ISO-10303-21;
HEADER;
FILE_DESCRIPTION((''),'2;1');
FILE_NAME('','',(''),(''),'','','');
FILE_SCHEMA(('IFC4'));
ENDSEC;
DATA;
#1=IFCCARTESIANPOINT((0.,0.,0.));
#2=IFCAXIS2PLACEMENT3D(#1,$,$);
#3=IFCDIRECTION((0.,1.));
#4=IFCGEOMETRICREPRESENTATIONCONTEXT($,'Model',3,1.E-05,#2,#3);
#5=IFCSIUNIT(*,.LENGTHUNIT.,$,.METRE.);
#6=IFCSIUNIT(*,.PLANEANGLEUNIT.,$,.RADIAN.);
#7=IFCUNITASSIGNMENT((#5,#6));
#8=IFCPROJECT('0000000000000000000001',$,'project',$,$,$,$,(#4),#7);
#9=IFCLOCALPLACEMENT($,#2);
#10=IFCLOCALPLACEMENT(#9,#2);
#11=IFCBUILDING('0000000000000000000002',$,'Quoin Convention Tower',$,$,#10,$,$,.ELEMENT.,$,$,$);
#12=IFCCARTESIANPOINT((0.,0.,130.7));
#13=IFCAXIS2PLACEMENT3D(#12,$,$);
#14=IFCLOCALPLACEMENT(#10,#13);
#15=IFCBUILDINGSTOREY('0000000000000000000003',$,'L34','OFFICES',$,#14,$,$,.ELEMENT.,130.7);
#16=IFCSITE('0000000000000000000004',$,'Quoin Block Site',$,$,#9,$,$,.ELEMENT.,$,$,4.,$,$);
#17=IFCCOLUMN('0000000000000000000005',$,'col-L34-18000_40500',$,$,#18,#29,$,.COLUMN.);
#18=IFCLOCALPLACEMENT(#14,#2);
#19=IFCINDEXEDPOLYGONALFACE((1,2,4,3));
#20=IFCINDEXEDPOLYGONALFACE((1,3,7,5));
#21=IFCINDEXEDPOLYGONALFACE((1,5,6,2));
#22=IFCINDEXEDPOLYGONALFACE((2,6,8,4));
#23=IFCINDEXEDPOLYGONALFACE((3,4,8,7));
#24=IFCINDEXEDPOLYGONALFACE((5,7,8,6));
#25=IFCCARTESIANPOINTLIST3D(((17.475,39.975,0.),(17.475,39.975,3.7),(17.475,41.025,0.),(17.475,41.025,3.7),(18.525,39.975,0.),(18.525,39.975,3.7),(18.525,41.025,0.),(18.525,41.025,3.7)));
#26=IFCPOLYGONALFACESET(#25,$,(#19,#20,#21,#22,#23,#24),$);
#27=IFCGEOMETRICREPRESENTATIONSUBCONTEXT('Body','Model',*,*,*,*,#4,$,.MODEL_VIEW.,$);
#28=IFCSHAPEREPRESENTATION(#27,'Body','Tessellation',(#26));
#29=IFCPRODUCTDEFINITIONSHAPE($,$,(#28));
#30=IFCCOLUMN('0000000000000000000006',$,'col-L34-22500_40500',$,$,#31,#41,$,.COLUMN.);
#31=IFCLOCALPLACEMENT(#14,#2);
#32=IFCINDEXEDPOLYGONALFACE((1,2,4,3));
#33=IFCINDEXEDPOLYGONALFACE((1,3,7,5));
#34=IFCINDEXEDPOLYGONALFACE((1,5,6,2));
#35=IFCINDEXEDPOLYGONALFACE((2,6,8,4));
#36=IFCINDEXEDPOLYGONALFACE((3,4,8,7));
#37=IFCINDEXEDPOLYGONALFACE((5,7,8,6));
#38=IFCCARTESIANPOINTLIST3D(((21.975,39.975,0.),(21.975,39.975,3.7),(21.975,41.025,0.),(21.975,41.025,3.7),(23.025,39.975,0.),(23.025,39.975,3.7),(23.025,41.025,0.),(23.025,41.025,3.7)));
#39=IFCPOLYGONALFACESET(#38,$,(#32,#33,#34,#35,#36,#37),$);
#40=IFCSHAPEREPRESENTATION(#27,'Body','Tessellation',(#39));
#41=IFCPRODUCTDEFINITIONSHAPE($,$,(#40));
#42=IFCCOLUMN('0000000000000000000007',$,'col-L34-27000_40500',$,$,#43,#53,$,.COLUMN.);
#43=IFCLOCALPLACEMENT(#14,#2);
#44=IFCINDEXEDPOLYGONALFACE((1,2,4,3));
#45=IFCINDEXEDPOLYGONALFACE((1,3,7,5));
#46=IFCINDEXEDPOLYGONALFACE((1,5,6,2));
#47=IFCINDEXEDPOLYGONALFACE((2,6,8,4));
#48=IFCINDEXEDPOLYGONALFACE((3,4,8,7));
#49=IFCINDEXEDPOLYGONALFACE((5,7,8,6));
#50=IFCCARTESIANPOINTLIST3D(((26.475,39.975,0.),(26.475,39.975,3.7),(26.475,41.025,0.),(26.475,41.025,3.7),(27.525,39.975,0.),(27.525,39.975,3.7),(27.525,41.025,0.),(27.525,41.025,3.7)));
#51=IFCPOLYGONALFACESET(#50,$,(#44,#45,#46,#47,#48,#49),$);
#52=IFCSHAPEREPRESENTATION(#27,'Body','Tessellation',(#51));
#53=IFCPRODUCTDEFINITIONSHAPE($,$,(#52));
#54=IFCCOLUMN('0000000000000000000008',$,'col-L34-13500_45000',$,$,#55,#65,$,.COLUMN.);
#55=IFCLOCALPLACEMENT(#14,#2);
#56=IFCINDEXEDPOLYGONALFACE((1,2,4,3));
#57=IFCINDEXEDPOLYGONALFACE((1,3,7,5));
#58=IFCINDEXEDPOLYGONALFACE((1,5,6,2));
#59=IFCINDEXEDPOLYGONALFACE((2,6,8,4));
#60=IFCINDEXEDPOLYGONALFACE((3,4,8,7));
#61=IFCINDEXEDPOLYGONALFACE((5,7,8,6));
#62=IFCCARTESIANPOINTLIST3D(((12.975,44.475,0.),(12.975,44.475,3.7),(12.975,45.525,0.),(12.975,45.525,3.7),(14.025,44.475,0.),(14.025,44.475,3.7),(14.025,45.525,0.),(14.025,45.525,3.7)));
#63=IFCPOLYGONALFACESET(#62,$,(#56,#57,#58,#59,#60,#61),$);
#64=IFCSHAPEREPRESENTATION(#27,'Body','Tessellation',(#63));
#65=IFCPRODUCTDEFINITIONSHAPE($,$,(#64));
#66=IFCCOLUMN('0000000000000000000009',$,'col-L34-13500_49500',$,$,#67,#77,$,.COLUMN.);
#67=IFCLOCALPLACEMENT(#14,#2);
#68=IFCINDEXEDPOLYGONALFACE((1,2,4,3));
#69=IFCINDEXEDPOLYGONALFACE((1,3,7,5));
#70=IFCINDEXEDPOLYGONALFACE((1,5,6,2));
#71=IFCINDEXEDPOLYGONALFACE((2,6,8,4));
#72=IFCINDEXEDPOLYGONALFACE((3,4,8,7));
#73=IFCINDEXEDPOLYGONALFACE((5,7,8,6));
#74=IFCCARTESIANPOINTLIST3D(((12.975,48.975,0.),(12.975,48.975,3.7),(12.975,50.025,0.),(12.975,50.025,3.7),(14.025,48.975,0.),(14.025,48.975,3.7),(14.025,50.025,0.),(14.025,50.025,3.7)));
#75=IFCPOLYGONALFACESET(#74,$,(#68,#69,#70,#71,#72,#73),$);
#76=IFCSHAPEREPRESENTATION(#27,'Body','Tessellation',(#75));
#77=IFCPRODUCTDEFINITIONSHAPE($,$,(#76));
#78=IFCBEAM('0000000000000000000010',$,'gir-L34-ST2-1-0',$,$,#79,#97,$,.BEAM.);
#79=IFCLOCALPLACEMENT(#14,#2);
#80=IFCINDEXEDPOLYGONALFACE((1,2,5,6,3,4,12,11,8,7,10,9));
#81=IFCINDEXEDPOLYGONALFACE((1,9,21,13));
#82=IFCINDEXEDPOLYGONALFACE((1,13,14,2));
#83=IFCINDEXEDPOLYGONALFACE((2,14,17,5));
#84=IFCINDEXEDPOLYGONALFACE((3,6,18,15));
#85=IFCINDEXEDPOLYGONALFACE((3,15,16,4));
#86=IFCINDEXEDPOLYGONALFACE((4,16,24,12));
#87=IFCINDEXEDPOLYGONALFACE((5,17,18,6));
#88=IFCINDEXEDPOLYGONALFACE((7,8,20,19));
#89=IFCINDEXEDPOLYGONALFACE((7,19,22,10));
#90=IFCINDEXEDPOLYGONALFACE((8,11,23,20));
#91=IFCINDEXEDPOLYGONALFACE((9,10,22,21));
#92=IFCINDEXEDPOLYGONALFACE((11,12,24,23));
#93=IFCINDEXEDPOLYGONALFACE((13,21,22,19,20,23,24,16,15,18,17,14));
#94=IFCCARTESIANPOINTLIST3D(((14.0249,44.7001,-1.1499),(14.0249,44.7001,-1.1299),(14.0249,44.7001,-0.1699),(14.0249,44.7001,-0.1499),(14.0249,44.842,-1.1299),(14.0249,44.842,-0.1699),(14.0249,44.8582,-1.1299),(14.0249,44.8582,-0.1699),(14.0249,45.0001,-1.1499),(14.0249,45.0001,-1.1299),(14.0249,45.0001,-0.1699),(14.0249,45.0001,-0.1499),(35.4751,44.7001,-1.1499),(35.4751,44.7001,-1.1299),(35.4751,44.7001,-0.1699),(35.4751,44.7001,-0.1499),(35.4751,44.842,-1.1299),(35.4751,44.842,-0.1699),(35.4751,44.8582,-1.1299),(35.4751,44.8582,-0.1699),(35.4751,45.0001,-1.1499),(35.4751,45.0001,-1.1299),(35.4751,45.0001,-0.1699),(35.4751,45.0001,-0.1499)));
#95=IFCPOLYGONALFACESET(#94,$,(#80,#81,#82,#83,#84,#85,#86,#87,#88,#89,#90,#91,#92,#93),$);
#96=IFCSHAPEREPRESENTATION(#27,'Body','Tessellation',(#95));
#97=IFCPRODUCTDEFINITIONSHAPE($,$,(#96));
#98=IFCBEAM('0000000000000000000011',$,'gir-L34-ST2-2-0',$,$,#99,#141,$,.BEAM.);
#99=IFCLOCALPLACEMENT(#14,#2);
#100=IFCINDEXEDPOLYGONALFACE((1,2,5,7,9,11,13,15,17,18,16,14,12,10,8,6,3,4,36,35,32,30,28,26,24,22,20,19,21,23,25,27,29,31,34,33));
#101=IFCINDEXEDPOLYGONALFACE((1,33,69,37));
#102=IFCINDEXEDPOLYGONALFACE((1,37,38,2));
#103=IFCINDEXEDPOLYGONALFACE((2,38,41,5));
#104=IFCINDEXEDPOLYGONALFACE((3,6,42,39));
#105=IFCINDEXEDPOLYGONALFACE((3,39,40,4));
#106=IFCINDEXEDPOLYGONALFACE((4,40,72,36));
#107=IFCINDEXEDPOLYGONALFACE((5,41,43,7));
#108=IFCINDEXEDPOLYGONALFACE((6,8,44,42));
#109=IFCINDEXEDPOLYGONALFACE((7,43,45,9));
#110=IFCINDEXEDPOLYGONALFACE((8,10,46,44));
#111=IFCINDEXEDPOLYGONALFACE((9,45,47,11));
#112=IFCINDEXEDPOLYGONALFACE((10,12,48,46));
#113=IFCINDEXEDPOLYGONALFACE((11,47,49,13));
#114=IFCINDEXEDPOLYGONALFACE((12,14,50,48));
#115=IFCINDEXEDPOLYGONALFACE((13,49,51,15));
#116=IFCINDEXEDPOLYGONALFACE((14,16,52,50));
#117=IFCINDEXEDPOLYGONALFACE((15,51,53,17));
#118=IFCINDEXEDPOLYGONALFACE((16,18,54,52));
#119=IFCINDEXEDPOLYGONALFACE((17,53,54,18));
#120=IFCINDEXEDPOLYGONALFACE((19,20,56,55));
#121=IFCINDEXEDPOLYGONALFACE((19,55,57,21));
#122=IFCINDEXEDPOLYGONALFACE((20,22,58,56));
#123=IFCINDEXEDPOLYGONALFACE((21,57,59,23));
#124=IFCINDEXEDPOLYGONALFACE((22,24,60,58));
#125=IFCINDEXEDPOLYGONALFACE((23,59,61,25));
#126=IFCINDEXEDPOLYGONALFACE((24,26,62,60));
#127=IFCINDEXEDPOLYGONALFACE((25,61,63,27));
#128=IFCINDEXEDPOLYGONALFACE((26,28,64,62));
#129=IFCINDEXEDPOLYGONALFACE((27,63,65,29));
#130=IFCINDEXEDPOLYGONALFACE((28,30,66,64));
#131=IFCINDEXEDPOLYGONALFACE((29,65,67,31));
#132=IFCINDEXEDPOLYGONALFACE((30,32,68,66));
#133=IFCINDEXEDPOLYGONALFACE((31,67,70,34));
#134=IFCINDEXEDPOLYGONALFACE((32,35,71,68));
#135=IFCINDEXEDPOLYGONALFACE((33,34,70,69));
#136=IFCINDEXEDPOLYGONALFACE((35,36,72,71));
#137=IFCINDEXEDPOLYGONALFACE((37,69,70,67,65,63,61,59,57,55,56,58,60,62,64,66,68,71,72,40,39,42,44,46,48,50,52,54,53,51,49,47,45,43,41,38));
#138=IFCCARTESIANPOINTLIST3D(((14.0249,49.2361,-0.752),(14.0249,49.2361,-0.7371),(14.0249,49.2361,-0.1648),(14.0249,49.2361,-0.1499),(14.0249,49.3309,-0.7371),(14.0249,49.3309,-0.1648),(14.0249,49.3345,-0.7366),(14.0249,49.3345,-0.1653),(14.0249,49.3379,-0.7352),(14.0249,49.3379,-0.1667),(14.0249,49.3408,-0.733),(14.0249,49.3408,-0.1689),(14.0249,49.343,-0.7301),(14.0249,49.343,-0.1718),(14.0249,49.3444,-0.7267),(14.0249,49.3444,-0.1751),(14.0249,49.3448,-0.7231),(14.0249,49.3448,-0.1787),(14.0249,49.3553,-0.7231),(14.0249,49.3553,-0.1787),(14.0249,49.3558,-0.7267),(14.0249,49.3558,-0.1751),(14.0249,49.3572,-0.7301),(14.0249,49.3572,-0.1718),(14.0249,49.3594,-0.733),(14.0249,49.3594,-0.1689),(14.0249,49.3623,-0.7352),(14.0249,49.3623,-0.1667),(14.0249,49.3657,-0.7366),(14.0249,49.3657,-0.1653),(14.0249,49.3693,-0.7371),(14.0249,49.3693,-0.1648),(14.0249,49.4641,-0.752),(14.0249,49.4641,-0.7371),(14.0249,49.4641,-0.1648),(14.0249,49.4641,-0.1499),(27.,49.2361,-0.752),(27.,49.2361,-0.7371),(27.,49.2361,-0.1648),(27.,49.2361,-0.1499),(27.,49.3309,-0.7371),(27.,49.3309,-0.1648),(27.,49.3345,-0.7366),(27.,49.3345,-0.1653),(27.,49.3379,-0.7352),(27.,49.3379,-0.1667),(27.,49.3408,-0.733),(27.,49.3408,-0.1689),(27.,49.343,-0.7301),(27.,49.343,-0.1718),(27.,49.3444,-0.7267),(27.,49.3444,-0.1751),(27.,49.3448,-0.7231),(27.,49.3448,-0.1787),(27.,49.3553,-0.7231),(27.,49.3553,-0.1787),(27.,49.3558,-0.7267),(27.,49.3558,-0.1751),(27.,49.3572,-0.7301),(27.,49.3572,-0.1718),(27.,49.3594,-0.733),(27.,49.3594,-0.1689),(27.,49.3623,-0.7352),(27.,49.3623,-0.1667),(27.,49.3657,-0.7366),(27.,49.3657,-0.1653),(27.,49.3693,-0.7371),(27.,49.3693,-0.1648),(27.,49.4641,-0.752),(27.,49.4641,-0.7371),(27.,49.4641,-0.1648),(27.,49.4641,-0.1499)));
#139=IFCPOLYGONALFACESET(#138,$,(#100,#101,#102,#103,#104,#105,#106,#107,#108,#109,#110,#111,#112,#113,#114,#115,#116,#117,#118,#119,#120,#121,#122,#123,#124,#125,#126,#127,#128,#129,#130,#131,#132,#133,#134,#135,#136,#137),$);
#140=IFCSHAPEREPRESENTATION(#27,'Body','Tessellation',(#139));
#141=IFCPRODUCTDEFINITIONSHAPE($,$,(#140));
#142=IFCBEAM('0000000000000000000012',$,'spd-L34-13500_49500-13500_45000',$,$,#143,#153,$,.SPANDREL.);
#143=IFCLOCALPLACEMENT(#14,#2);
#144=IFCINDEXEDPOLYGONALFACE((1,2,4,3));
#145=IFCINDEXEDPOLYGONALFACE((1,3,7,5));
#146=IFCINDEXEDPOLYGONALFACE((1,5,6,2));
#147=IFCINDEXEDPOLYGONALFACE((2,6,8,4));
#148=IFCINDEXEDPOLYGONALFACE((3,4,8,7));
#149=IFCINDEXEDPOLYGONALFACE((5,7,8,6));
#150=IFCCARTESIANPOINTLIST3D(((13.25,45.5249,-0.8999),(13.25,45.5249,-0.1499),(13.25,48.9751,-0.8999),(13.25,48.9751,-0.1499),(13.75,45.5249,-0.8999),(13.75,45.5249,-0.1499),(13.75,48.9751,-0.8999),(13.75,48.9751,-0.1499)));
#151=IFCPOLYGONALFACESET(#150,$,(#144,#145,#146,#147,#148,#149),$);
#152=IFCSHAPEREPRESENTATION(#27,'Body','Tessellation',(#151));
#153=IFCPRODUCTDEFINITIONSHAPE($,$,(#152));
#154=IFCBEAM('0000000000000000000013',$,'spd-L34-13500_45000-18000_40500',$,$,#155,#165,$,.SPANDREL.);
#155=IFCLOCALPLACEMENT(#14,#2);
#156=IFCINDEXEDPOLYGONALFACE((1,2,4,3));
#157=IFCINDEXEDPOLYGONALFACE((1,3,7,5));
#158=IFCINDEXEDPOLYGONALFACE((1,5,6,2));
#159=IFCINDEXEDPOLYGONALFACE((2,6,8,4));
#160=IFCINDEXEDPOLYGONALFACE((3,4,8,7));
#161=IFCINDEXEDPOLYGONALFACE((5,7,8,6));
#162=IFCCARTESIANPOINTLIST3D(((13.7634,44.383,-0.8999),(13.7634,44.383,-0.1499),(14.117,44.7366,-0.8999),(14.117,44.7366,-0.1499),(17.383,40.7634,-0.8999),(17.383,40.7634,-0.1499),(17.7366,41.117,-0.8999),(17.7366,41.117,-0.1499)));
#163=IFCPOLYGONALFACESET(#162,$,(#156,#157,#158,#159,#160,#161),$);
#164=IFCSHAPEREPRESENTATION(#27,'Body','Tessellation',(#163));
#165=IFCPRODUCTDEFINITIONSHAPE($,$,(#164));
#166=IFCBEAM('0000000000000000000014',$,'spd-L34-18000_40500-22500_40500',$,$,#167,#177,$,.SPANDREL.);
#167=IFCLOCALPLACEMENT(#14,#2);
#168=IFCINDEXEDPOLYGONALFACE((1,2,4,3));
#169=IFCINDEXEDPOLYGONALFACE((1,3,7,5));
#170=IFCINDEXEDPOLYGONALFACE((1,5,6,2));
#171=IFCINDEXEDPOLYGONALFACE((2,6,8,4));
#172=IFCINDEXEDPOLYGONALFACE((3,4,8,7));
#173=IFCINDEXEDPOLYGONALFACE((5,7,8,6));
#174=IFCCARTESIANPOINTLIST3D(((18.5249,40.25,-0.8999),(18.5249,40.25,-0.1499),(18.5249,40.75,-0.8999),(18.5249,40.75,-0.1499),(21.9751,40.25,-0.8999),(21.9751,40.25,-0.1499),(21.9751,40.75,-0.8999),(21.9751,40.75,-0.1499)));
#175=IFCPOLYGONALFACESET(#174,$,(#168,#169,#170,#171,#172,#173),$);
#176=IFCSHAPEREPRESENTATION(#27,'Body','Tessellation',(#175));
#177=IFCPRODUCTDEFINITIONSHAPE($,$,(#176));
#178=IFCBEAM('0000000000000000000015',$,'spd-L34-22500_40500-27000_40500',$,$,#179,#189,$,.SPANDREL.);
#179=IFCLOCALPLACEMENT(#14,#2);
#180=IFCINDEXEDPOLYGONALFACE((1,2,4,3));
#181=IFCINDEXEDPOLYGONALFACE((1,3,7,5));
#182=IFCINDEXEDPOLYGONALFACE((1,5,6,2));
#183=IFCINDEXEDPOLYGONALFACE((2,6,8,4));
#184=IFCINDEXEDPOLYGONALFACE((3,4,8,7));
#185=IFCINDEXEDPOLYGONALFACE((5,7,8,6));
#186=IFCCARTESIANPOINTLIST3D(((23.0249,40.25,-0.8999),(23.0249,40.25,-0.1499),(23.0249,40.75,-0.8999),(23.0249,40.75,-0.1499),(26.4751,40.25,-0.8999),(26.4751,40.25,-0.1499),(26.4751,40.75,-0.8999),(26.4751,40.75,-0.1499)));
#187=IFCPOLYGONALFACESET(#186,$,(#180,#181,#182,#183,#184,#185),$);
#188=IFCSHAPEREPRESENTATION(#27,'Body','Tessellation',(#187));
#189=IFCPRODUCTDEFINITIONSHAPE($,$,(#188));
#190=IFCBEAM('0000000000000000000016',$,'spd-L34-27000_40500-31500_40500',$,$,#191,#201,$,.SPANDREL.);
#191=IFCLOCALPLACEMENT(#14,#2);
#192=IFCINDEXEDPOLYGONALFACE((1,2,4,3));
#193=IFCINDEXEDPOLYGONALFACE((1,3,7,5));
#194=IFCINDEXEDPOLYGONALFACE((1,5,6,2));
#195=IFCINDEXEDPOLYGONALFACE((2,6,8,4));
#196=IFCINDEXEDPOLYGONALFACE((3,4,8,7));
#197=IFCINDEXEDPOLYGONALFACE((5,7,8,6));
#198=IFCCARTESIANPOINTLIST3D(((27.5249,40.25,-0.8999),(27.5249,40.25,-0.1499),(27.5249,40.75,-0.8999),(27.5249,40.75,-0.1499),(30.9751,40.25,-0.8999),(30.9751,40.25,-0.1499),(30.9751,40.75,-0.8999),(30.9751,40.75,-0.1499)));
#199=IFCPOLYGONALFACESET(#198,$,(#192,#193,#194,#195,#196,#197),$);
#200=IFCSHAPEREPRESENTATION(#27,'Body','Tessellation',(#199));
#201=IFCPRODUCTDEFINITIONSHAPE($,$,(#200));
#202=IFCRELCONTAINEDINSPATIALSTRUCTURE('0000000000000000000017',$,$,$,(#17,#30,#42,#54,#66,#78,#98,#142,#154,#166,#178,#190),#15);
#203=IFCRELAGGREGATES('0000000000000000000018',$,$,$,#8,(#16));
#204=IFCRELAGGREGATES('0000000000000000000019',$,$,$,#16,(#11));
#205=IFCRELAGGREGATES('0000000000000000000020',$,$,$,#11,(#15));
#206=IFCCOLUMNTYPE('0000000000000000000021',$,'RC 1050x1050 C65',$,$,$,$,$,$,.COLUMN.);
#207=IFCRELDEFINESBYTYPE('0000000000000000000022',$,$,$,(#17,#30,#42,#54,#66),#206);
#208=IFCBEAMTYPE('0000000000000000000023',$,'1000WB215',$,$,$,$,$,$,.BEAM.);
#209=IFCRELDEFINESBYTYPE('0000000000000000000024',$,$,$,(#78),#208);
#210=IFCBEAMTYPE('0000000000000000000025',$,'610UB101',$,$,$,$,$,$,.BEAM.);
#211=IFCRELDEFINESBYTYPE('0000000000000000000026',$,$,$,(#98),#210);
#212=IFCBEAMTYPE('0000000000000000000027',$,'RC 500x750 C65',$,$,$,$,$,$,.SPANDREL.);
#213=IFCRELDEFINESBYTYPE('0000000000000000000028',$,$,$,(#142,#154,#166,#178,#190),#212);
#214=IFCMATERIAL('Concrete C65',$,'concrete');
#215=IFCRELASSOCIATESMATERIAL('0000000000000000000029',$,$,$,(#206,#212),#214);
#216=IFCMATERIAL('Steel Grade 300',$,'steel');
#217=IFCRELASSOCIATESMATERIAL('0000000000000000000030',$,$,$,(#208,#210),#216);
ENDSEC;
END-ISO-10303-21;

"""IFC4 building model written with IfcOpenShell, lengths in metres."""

from ifc_helpers import new_model, si_unit, direction, frame, origin, origin_2d, place, context, subcontext, project, spatial, rectangle, i_section, extrude, material, material_profile, profile_set, type_object, element, save


model = new_model("IFC4")

# Units and contexts
model_context = context("Model", 3, precision=1e-05, world=origin(), true_north=direction((0.0, 1.0)))
body_context = subcontext(model_context, "Body", "Model", "MODEL_VIEW")
ifc_project = project(units=[si_unit("LENGTHUNIT", "METRE"), si_unit("PLANEANGLEUNIT", "RADIAN")], contexts=[model_context])

# Site, building, storey
site_placement = place(None, origin())
site = spatial("IfcSite", under=ifc_project, at=site_placement, Name="Quoin Block Site", CompositionType="ELEMENT", RefElevation=4.0)
building_placement = place(site_placement, origin())
building = spatial("IfcBuilding", under=site, at=building_placement, Name="Quoin Convention Tower", CompositionType="ELEMENT")
storey_placement = place(building_placement, frame((0.0, 0.0, 130.7)))
storey = spatial("IfcBuildingStorey", under=building, at=storey_placement, Name="L34", Description="OFFICES", CompositionType="ELEMENT", Elevation=130.7)

# Columns
ifc_material_1 = material(Name="Concrete C65", Category="concrete")
ifc_material_profile_1 = material_profile(ifc_material_1, rectangle(XDim=1.05, YDim=1.05, at=origin_2d()), Name="RC 1050x1050")
ifc_profile_set_1 = profile_set([ifc_material_profile_1], Name="Concrete C65")
column_type = type_object("IfcColumnType", Name="RC 1050x1050 C65", PredefinedType="COLUMN", material=ifc_profile_set_1)
for number, where, z_axis, x_axis, name in (
    (1, (18.0, 40.5, 0.0), (0.0, 0.0, 1.0), (1.0, 0.0, 0.0), "col-L34-18000_40500"),
    (2, (22.5, 40.5, 0.0), (0.0, 0.0, 1.0), (1.0, 0.0, 0.0), "col-L34-22500_40500"),
    (3, (27.0, 40.5, 0.0), (0.0, 0.0, 1.0), (1.0, 0.0, 0.0), "col-L34-27000_40500"),
    (4, (13.5, 45.0, 0.0), (0.0, 0.0, 1.0), (1.0, 0.0, 0.0), "col-L34-13500_45000"),
    (5, (13.5, 49.5, 0.0), (0.0, 0.0, 1.0), (1.0, 0.0, 0.0), "col-L34-13500_49500"),
):
    element("IfcColumn", number, at=place(storey_placement, frame(where, z_axis=z_axis, x_axis=x_axis)), inside=storey, type_object=column_type, Name=name, PredefinedType="COLUMN", context=body_context, shape_type="SweptSolid", body=[
        extrude(rectangle(XDim=1.05, YDim=1.05, at=origin_2d()), origin(), (0.0, 0.0, 1.0), 3.7),
    ])

# Beams
ifc_material_2 = material(Name="Steel Grade 300", Category="steel")
ifc_material_profile_2 = material_profile(ifc_material_2, i_section(OverallWidth=0.3, OverallDepth=1.0, WebThickness=0.0161, FlangeThickness=0.02, at=origin_2d()), Name="1000WB215")
ifc_profile_set_2 = profile_set([ifc_material_profile_2], Name="Steel Grade 300")
beam_type_1 = type_object("IfcBeamType", Name="1000WB215", PredefinedType="BEAM", material=ifc_profile_set_2)
beam_1_placement = place(storey_placement, frame((14.0249, 44.8501, -0.6499), z_axis=(1.0, 0.0, 0.0), x_axis=(0.0, 1.0, 0.0)))
element("IfcBeam", 6, at=beam_1_placement, inside=storey, type_object=beam_type_1, Name="gir-L34-ST2-1-0", PredefinedType="BEAM", context=body_context, shape_type="SweptSolid", body=[
    extrude(i_section(OverallWidth=0.3, OverallDepth=1.0, WebThickness=0.0161, FlangeThickness=0.02, at=origin_2d()), origin(), (0.0, 0.0, 1.0), 21.4502),
])
ifc_material_profile_3 = material_profile(ifc_material_2, i_section(OverallWidth=0.228, OverallDepth=0.6021, WebThickness=0.0105, FlangeThickness=0.0149, FilletRadius=0.0139, at=origin_2d()), Name="610UB101")
ifc_profile_set_3 = profile_set([ifc_material_profile_3], Name="Steel Grade 300")
beam_type_2 = type_object("IfcBeamType", Name="610UB101", PredefinedType="BEAM", material=ifc_profile_set_3)
beam_2_placement = place(storey_placement, frame((14.0249, 49.3501, -0.4509), z_axis=(1.0, 0.0, 0.0), x_axis=(0.0, 1.0, 0.0)))
element("IfcBeam", 7, at=beam_2_placement, inside=storey, type_object=beam_type_2, Name="gir-L34-ST2-2-0", PredefinedType="BEAM", context=body_context, shape_type="SweptSolid", body=[
    extrude(i_section(OverallWidth=0.228, OverallDepth=0.6021, WebThickness=0.0105, FlangeThickness=0.0149, FilletRadius=0.0139, at=origin_2d()), origin(), (0.0, 0.0, 1.0), 12.9751),
])
ifc_material_profile_4 = material_profile(ifc_material_1, rectangle(XDim=0.5, YDim=0.75, at=origin_2d()), Name="RC 500x750")
ifc_profile_set_4 = profile_set([ifc_material_profile_4], Name="Concrete C65")
beam_type_3 = type_object("IfcBeamType", Name="RC 500x750 C65", PredefinedType="SPANDREL", material=ifc_profile_set_4)
beam_3_placement = place(storey_placement, frame((13.5, 48.9751, -0.5249), z_axis=(0.0, -1.0, 0.0), x_axis=(1.0, 0.0, 0.0)))
element("IfcBeam", 8, at=beam_3_placement, inside=storey, type_object=beam_type_3, Name="spd-L34-13500_49500-13500_45000", PredefinedType="SPANDREL", context=body_context, shape_type="SweptSolid", body=[
    extrude(rectangle(XDim=0.5, YDim=0.75, at=origin_2d()), origin(), (0.0, 0.0, 1.0), 3.4502),
])
beam_4_placement = place(storey_placement, frame((13.9402, 44.5598, -0.5249), z_axis=(0.707107, -0.707107, 0.0), x_axis=(0.707107, 0.707107, 0.0)))
element("IfcBeam", 9, at=beam_4_placement, inside=storey, type_object=beam_type_3, Name="spd-L34-13500_45000-18000_40500", PredefinedType="SPANDREL", context=body_context, shape_type="SweptSolid", body=[
    extrude(rectangle(XDim=0.5, YDim=0.75, at=origin_2d()), origin(), (0.0, 0.0, 1.0), 5.1189),
])
for number, where, z_axis, x_axis, name in (
    (10, (18.5249, 40.5, -0.5249), (1.0, 0.0, 0.0), (0.0, 1.0, 0.0), "spd-L34-18000_40500-22500_40500"),
    (11, (23.0249, 40.5, -0.5249), (1.0, 0.0, 0.0), (0.0, 1.0, 0.0), "spd-L34-22500_40500-27000_40500"),
    (12, (27.5249, 40.5, -0.5249), (1.0, 0.0, 0.0), (0.0, 1.0, 0.0), "spd-L34-27000_40500-31500_40500"),
):
    element("IfcBeam", number, at=place(storey_placement, frame(where, z_axis=z_axis, x_axis=x_axis)), inside=storey, type_object=beam_type_3, Name=name, PredefinedType="SPANDREL", context=body_context, shape_type="SweptSolid", body=[
        extrude(rectangle(XDim=0.5, YDim=0.75, at=origin_2d()), origin(), (0.0, 0.0, 1.0), 3.4502),
    ])

save(model, "model.ifc")
